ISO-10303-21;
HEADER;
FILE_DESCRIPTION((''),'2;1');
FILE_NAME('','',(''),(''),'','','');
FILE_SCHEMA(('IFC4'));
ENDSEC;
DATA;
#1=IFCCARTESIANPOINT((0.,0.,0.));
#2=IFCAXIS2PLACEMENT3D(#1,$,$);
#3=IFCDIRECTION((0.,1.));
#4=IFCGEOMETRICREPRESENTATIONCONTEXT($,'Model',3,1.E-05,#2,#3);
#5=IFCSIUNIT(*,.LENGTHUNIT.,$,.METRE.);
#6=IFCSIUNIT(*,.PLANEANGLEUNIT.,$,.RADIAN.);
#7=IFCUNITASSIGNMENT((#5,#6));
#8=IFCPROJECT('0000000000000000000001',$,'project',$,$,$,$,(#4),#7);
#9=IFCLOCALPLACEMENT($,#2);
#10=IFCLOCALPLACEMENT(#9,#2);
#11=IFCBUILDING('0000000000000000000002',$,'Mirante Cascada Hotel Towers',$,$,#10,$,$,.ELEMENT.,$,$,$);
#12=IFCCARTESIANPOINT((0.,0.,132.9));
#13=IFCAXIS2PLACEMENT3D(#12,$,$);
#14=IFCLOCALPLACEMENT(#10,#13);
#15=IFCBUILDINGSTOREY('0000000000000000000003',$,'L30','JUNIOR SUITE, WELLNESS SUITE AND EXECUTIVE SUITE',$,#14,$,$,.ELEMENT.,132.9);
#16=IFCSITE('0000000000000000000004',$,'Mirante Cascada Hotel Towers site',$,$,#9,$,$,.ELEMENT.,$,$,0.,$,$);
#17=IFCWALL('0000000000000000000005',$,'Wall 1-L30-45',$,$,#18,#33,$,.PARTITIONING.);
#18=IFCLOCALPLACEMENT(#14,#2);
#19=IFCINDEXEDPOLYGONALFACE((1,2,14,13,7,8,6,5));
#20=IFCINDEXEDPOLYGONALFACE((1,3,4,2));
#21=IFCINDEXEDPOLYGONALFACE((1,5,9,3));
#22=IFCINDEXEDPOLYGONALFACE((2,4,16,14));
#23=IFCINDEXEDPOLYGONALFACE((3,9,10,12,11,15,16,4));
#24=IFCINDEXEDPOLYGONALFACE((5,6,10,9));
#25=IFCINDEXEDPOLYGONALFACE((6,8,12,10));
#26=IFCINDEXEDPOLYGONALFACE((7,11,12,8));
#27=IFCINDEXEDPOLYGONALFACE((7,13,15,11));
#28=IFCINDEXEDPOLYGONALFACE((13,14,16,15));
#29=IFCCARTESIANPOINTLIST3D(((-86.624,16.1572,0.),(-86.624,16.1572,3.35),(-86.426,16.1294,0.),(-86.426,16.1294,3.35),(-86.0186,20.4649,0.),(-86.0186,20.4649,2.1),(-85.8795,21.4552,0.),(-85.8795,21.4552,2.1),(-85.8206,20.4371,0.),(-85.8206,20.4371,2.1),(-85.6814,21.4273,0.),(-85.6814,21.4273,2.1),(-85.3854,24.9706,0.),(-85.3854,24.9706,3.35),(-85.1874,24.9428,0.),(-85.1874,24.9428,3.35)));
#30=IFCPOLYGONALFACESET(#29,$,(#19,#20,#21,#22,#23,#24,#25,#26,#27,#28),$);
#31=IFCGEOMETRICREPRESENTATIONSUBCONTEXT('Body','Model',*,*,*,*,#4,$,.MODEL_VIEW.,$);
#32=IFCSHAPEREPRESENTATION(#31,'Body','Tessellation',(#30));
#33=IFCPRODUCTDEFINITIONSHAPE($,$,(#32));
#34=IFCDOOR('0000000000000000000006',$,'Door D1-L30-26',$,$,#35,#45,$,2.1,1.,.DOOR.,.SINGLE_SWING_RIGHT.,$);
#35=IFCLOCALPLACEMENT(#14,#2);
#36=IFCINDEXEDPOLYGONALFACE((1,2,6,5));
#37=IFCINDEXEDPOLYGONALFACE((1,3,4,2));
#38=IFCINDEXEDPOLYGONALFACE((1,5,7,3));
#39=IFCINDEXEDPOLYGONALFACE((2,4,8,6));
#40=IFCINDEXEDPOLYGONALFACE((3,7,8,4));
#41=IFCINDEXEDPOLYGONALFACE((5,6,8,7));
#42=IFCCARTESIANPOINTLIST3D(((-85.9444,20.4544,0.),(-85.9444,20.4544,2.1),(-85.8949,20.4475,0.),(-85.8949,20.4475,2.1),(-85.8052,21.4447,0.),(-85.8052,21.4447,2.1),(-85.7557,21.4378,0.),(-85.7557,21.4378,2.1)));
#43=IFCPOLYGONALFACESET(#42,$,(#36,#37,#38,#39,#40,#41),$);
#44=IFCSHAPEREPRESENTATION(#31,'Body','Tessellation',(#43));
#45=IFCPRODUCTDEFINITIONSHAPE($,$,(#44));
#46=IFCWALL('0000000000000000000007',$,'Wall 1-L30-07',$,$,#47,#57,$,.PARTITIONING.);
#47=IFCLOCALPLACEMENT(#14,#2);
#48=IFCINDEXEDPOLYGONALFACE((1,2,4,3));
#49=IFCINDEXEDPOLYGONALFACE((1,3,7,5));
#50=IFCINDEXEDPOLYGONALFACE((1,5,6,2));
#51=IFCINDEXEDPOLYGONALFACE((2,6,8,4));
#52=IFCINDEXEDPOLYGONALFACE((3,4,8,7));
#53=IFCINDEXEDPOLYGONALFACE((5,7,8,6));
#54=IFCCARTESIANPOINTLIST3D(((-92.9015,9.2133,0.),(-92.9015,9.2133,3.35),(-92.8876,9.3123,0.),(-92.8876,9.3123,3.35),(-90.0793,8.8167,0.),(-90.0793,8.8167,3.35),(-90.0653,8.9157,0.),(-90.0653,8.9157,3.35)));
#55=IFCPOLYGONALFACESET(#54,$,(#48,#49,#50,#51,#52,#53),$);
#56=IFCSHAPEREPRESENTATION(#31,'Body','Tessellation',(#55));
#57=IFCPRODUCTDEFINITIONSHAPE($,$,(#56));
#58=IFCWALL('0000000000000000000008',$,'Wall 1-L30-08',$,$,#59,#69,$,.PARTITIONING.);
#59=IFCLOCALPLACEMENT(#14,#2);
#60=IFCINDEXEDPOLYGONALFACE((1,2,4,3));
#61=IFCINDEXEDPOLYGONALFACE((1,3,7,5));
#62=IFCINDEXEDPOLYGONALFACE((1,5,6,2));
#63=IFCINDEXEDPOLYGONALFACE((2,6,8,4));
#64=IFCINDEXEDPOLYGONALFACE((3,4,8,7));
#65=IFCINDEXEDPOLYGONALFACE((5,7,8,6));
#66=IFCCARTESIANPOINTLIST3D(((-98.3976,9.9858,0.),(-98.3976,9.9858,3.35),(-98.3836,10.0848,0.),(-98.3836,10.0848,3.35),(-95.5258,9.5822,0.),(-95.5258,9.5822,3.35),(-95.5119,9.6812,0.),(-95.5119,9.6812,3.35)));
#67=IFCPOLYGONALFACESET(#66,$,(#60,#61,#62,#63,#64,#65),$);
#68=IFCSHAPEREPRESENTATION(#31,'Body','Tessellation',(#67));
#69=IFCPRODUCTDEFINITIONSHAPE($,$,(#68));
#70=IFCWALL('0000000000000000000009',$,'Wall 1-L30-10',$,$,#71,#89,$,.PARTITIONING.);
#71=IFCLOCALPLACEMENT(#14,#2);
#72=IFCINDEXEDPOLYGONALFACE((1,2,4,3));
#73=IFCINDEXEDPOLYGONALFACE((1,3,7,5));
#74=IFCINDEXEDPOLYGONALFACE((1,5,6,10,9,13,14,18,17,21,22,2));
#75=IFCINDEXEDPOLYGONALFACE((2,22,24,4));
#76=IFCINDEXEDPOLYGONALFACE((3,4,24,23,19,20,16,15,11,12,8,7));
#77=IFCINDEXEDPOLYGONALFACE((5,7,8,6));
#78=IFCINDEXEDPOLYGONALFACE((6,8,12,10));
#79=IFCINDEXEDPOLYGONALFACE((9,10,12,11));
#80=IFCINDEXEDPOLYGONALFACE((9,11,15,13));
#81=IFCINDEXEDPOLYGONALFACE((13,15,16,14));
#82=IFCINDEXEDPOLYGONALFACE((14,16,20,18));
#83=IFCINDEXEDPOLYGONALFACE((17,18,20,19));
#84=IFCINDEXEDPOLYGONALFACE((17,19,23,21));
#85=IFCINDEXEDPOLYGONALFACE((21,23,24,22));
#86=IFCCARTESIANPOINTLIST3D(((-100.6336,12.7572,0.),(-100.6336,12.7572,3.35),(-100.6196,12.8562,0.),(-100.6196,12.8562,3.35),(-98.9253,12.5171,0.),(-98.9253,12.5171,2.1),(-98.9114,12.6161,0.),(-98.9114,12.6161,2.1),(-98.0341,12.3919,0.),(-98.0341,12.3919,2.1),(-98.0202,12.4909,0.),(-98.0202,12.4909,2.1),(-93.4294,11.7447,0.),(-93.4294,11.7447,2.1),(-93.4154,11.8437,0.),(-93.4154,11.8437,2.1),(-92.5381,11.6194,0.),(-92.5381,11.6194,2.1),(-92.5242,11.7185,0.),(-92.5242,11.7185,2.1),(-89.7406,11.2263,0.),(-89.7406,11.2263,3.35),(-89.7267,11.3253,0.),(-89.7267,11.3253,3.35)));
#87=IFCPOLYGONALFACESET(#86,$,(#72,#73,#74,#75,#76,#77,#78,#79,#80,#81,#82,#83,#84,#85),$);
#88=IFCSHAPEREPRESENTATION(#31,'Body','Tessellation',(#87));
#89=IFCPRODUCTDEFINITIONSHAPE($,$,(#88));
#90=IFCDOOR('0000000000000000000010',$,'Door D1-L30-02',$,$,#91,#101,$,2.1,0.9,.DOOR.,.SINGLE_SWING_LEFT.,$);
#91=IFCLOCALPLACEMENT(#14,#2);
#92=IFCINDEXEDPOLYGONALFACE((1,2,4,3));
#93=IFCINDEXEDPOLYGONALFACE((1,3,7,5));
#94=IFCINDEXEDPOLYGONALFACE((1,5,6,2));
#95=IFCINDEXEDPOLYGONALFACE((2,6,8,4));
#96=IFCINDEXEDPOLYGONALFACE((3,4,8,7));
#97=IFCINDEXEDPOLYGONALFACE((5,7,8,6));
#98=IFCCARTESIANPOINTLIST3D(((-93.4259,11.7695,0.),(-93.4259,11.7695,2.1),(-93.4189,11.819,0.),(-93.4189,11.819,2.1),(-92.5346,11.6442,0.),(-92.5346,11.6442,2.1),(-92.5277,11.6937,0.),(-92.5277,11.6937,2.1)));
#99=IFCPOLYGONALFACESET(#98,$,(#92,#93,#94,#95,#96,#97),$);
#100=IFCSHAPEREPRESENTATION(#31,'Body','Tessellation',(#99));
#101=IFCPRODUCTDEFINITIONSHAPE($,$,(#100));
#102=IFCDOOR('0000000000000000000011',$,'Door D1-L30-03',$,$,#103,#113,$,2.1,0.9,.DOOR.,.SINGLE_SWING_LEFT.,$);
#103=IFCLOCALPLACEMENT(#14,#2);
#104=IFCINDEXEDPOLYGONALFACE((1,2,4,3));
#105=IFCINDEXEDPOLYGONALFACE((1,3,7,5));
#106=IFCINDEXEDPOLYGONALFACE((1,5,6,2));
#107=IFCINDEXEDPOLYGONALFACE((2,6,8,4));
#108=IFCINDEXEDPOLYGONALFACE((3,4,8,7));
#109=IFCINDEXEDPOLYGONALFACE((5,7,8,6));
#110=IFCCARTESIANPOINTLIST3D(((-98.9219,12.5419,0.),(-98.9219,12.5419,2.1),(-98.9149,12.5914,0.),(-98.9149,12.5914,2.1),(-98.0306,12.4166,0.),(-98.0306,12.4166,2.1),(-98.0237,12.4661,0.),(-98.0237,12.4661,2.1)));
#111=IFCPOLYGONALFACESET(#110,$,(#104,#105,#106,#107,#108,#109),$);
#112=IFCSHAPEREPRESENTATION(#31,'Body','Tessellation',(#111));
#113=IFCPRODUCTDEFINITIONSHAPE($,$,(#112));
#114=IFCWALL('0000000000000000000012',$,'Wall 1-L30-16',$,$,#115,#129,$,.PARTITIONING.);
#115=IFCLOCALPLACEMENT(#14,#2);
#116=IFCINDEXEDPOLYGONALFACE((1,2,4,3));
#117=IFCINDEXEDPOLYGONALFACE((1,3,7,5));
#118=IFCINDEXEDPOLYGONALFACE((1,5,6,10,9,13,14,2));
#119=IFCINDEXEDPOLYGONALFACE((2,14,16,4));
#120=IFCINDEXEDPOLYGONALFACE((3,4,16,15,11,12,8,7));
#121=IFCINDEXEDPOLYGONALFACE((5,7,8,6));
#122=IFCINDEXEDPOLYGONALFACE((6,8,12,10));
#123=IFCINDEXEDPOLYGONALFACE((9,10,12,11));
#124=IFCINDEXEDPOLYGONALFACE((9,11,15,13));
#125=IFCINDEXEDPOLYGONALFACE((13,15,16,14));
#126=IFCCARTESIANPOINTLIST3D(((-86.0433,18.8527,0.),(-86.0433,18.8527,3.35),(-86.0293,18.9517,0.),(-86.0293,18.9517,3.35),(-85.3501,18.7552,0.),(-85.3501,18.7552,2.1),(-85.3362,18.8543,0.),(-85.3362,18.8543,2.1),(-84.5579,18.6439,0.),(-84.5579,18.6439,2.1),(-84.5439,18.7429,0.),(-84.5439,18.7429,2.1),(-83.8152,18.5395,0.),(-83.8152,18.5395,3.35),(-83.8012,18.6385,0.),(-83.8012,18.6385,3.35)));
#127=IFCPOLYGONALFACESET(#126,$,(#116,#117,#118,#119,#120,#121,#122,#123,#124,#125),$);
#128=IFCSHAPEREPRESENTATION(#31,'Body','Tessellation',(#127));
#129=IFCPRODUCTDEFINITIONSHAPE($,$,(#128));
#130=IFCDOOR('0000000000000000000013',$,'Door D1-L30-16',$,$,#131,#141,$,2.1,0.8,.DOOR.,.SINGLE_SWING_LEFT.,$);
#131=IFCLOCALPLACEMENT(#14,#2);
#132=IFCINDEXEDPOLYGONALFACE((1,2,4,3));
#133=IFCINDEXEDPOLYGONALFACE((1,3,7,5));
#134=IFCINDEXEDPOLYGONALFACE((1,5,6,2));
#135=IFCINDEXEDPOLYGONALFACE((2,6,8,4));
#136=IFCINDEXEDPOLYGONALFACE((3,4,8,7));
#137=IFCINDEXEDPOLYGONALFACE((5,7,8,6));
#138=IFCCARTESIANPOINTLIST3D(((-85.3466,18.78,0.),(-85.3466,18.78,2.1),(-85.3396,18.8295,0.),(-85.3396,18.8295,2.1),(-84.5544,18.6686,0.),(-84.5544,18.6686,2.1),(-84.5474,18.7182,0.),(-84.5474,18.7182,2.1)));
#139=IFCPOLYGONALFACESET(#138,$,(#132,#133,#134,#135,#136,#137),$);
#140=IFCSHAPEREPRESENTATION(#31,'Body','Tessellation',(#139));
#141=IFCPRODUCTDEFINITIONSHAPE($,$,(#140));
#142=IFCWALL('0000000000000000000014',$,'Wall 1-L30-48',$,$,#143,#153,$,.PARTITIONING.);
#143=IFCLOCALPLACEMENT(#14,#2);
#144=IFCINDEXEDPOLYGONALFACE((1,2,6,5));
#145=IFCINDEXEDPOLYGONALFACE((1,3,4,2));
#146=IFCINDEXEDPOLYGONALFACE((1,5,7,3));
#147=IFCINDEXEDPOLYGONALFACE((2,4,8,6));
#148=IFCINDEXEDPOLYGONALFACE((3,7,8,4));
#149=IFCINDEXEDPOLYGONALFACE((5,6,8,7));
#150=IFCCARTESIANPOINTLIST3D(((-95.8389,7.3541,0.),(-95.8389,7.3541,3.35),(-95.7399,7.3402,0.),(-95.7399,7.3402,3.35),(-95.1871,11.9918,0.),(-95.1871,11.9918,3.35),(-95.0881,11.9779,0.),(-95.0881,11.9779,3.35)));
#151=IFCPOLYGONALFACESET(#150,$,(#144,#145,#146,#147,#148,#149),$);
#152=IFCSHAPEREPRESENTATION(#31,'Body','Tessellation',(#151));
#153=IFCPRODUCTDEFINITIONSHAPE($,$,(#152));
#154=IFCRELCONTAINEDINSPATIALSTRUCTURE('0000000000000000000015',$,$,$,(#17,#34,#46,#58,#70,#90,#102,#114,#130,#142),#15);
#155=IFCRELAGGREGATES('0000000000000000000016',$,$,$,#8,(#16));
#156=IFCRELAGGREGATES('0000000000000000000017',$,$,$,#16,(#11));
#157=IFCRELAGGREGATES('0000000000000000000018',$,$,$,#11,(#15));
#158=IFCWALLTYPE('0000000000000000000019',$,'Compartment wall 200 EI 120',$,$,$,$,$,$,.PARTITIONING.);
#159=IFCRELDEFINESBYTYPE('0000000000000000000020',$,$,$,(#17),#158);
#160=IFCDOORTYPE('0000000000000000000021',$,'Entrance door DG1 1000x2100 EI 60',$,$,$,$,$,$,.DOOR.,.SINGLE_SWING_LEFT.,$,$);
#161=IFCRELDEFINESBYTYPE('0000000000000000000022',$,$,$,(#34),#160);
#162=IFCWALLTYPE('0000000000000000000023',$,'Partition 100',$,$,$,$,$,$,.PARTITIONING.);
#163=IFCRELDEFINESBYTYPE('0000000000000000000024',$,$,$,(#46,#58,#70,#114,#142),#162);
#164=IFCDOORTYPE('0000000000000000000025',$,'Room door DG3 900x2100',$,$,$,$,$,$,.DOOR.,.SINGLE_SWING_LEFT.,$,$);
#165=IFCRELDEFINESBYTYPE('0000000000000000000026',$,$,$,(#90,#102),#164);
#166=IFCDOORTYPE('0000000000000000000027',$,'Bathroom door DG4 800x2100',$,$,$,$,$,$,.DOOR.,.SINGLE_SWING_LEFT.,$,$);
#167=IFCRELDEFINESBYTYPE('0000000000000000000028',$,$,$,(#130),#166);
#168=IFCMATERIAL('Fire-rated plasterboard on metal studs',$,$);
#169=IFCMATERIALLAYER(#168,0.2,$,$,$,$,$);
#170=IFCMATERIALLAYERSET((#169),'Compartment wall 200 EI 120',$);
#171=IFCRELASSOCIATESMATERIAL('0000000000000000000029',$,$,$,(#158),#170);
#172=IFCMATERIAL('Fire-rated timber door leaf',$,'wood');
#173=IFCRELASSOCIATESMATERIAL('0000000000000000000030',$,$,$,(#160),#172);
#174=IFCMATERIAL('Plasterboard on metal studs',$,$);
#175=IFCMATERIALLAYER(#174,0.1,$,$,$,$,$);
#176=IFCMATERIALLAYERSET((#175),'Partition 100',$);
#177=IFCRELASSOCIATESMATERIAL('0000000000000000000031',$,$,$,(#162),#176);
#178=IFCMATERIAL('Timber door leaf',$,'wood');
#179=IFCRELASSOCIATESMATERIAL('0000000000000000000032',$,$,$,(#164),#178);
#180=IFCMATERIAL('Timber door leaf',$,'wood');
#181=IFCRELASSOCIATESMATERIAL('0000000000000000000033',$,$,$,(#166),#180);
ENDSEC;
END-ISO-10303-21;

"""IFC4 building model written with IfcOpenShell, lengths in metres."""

from ifc_helpers import new_model, si_unit, direction, frame, frame_2d, origin, place, context, subcontext, project, spatial, rectangle, extrude, material, layer, layer_set, type_object, element, fill, save


model = new_model("IFC4")

# Units and contexts
model_context = context("Model", 3, precision=1e-05, world=origin(), true_north=direction((0.0, 1.0)))
body_context = subcontext(model_context, "Body", "Model", "MODEL_VIEW")
ifc_project = project(units=[si_unit("LENGTHUNIT", "METRE"), si_unit("PLANEANGLEUNIT", "RADIAN")], contexts=[model_context])

# Site, building, storey
site_placement = place(None, origin())
site = spatial("IfcSite", under=ifc_project, at=site_placement, Name="Mirante Cascada Hotel Towers site", CompositionType="ELEMENT", RefElevation=0.0)
building_placement = place(site_placement, origin())
building = spatial("IfcBuilding", under=site, at=building_placement, Name="Mirante Cascada Hotel Towers", CompositionType="ELEMENT")
storey_placement = place(building_placement, frame((0.0, 0.0, 132.9)))
storey = spatial("IfcBuildingStorey", under=building, at=storey_placement, Name="L30", Description="JUNIOR SUITE, WELLNESS SUITE AND EXECUTIVE SUITE", CompositionType="ELEMENT", Elevation=132.9)

# Shared definitions
ifc_material_1 = material(Name="Fire-rated plasterboard on metal studs")
ifc_layer_1 = layer(ifc_material_1, 0.2)
ifc_layer_set_1 = layer_set([ifc_layer_1], Name="Compartment wall 200 EI 120")
wall_type_1 = type_object("IfcWallType", Name="Compartment wall 200 EI 120", PredefinedType="PARTITIONING", material=ifc_layer_set_1)
ifc_material_2 = material(Name="Fire-rated timber door leaf", Category="wood")
door_type_1 = type_object("IfcDoorType", Name="Entrance door DG1 1000x2100 EI 60", OperationType="SINGLE_SWING_LEFT", PredefinedType="DOOR", material=ifc_material_2)

# Wall, opening, door
wall_1_placement = place(storey_placement, frame((-86.525, 16.1433, 0.0), z_axis=(0.0, 0.0, 1.0), x_axis=(0.139168, 0.990269, 0.0)))
wall_1 = element("IfcWall", 1, at=wall_1_placement, inside=storey, type_object=wall_type_1, Name="Wall 1-L30-45", PredefinedType="PARTITIONING", context=body_context, shape_type="SweptSolid", body=[
    extrude(rectangle(XDim=8.9, YDim=0.2, at=frame_2d((4.45, 0.0))), origin(), (0.0, 0.0, 1.0), 3.35),
])
opening_1_placement = place(wall_1_placement, frame((4.35, 0.0, 0.0)))
opening_1 = element("IfcOpeningElement", 2, at=opening_1_placement, cuts=wall_1, PredefinedType="OPENING", context=body_context, shape_type="SweptSolid", body=[
    extrude(rectangle(XDim=1.0, YDim=2.1, at=frame_2d((0.5, 1.05))), frame((0.0, 0.1, 0.0), z_axis=(0.0, -1.0, 0.0), x_axis=(1.0, 0.0, 0.0)), (0.0, 0.0, 1.0), 0.2),
])
door_1_placement = place(opening_1_placement, frame((1.0, 0.0, 0.0), z_axis=(0.0, 0.0, 1.0), x_axis=(-1.0, 0.0, 0.0)))
door_1 = element("IfcDoor", 3, at=door_1_placement, inside=storey, type_object=door_type_1, Name="Door D1-L30-26", OperationType="SINGLE_SWING_RIGHT", OverallHeight=2.1, OverallWidth=1.0, PredefinedType="DOOR", context=body_context, shape_type="SweptSolid", body=[
    extrude(rectangle(XDim=1.0, YDim=2.1, at=frame_2d((0.5, 1.05))), frame((0.0, 0.025, 0.0), z_axis=(0.0, -1.0, 0.0), x_axis=(1.0, 0.0, 0.0)), (0.0, 0.0, 1.0), 0.05),
])
fill(opening_1, door_1)

# Walls
ifc_material_3 = material(Name="Plasterboard on metal studs")
ifc_layer_2 = layer(ifc_material_3, 0.1)
ifc_layer_set_2 = layer_set([ifc_layer_2], Name="Partition 100")
wall_type_2 = type_object("IfcWallType", Name="Partition 100", PredefinedType="PARTITIONING", material=ifc_layer_set_2)
wall_2_placement = place(storey_placement, frame((-90.0723, 8.8662, 0.0), z_axis=(0.0, 0.0, 1.0), x_axis=(-0.99027, 0.139156, 0.0)))
element("IfcWall", 4, at=wall_2_placement, inside=storey, type_object=wall_type_2, Name="Wall 1-L30-07", PredefinedType="PARTITIONING", context=body_context, shape_type="SweptSolid", body=[
    extrude(rectangle(XDim=2.85, YDim=0.1, at=frame_2d((1.425, 0.0))), origin(), (0.0, 0.0, 1.0), 3.35),
])
wall_3_placement = place(storey_placement, frame((-98.3906, 10.0353, 0.0), z_axis=(0.0, 0.0, 1.0), x_axis=(0.990268, -0.139171, 0.0)))
element("IfcWall", 5, at=wall_3_placement, inside=storey, type_object=wall_type_2, Name="Wall 1-L30-08", PredefinedType="PARTITIONING", context=body_context, shape_type="SweptSolid", body=[
    extrude(rectangle(XDim=2.9, YDim=0.1, at=frame_2d((1.45, 0.0))), origin(), (0.0, 0.0, 1.0), 3.35),
])

# Wall, openings, doors
wall_4_placement = place(storey_placement, frame((-100.6266, 12.8067, 0.0), z_axis=(0.0, 0.0, 1.0), x_axis=(0.990268, -0.139173, 0.0)))
wall_4 = element("IfcWall", 6, at=wall_4_placement, inside=storey, type_object=wall_type_2, Name="Wall 1-L30-10", PredefinedType="PARTITIONING", context=body_context, shape_type="SweptSolid", body=[
    extrude(rectangle(XDim=11.0, YDim=0.1, at=frame_2d((5.5, 0.0))), origin(), (0.0, 0.0, 1.0), 3.35),
])
opening_2_placement = place(wall_4_placement, frame((7.275, 0.0, 0.0)))
opening_2 = element("IfcOpeningElement", 7, at=opening_2_placement, cuts=wall_4, PredefinedType="OPENING", context=body_context, shape_type="SweptSolid", body=[
    extrude(rectangle(XDim=0.9, YDim=2.1, at=frame_2d((0.45, 1.05))), frame((0.0, 0.05, 0.0), z_axis=(0.0, -1.0, 0.0), x_axis=(1.0, 0.0, 0.0)), (0.0, 0.0, 1.0), 0.1),
])
opening_3_placement = place(wall_4_placement, frame((1.725, 0.0, 0.0)))
opening_3 = element("IfcOpeningElement", 8, at=opening_3_placement, cuts=wall_4, PredefinedType="OPENING", context=body_context, shape_type="SweptSolid", body=[
    extrude(rectangle(XDim=0.9, YDim=2.1, at=frame_2d((0.45, 1.05))), frame((0.0, 0.05, 0.0), z_axis=(0.0, -1.0, 0.0), x_axis=(1.0, 0.0, 0.0)), (0.0, 0.0, 1.0), 0.1),
])
ifc_material_4 = material(Name="Timber door leaf", Category="wood")
door_type_2 = type_object("IfcDoorType", Name="Room door DG3 900x2100", OperationType="SINGLE_SWING_LEFT", PredefinedType="DOOR", material=ifc_material_4)
door_2_placement = place(opening_2_placement, origin())
door_2 = element("IfcDoor", 9, at=door_2_placement, inside=storey, type_object=door_type_2, Name="Door D1-L30-02", OperationType="SINGLE_SWING_LEFT", OverallHeight=2.1, OverallWidth=0.9, PredefinedType="DOOR", context=body_context, shape_type="SweptSolid", body=[
    extrude(rectangle(XDim=0.9, YDim=2.1, at=frame_2d((0.45, 1.05))), frame((0.0, 0.025, 0.0), z_axis=(0.0, -1.0, 0.0), x_axis=(1.0, 0.0, 0.0)), (0.0, 0.0, 1.0), 0.05),
])
fill(opening_2, door_2)
door_3_placement = place(opening_3_placement, origin())
door_3 = element("IfcDoor", 10, at=door_3_placement, inside=storey, type_object=door_type_2, Name="Door D1-L30-03", OperationType="SINGLE_SWING_LEFT", OverallHeight=2.1, OverallWidth=0.9, PredefinedType="DOOR", context=body_context, shape_type="SweptSolid", body=[
    extrude(rectangle(XDim=0.9, YDim=2.1, at=frame_2d((0.45, 1.05))), frame((0.0, 0.025, 0.0), z_axis=(0.0, -1.0, 0.0), x_axis=(1.0, 0.0, 0.0)), (0.0, 0.0, 1.0), 0.05),
])
fill(opening_3, door_3)

# Wall, opening, door
wall_5_placement = place(storey_placement, frame((-86.0363, 18.9022, 0.0), z_axis=(0.0, 0.0, 1.0), x_axis=(0.990264, -0.1392, 0.0)))
wall_5 = element("IfcWall", 11, at=wall_5_placement, inside=storey, type_object=wall_type_2, Name="Wall 1-L30-16", PredefinedType="PARTITIONING", context=body_context, shape_type="SweptSolid", body=[
    extrude(rectangle(XDim=2.25, YDim=0.1, at=frame_2d((1.125, 0.0))), origin(), (0.0, 0.0, 1.0), 3.35),
])
opening_4_placement = place(wall_5_placement, frame((0.7, 0.0, 0.0)))
opening_4 = element("IfcOpeningElement", 12, at=opening_4_placement, cuts=wall_5, PredefinedType="OPENING", context=body_context, shape_type="SweptSolid", body=[
    extrude(rectangle(XDim=0.8, YDim=2.1, at=frame_2d((0.4, 1.05))), frame((0.0, 0.05, 0.0), z_axis=(0.0, -1.0, 0.0), x_axis=(1.0, 0.0, 0.0)), (0.0, 0.0, 1.0), 0.1),
])
ifc_material_5 = material(Name="Timber door leaf", Category="wood")
door_type_3 = type_object("IfcDoorType", Name="Bathroom door DG4 800x2100", OperationType="SINGLE_SWING_LEFT", PredefinedType="DOOR", material=ifc_material_5)
door_4_placement = place(opening_4_placement, origin())
door_4 = element("IfcDoor", 13, at=door_4_placement, inside=storey, type_object=door_type_3, Name="Door D1-L30-16", OperationType="SINGLE_SWING_LEFT", OverallHeight=2.1, OverallWidth=0.8, PredefinedType="DOOR", context=body_context, shape_type="SweptSolid", body=[
    extrude(rectangle(XDim=0.8, YDim=2.1, at=frame_2d((0.4, 1.05))), frame((0.0, 0.025, 0.0), z_axis=(0.0, -1.0, 0.0), x_axis=(1.0, 0.0, 0.0)), (0.0, 0.0, 1.0), 0.05),
])
fill(opening_4, door_4)

# Wall
wall_6_placement = place(storey_placement, frame((-95.1376, 11.9848, 0.0), z_axis=(0.0, 0.0, 1.0), x_axis=(-0.139176, -0.990268, 0.0)))
element("IfcWall", 14, at=wall_6_placement, inside=storey, type_object=wall_type_2, Name="Wall 1-L30-48", PredefinedType="PARTITIONING", context=body_context, shape_type="SweptSolid", body=[
    extrude(rectangle(XDim=4.6833, YDim=0.1, at=frame_2d((2.3416, 0.0))), origin(), (0.0, 0.0, 1.0), 3.35),
])

save(model, "model.ifc")
